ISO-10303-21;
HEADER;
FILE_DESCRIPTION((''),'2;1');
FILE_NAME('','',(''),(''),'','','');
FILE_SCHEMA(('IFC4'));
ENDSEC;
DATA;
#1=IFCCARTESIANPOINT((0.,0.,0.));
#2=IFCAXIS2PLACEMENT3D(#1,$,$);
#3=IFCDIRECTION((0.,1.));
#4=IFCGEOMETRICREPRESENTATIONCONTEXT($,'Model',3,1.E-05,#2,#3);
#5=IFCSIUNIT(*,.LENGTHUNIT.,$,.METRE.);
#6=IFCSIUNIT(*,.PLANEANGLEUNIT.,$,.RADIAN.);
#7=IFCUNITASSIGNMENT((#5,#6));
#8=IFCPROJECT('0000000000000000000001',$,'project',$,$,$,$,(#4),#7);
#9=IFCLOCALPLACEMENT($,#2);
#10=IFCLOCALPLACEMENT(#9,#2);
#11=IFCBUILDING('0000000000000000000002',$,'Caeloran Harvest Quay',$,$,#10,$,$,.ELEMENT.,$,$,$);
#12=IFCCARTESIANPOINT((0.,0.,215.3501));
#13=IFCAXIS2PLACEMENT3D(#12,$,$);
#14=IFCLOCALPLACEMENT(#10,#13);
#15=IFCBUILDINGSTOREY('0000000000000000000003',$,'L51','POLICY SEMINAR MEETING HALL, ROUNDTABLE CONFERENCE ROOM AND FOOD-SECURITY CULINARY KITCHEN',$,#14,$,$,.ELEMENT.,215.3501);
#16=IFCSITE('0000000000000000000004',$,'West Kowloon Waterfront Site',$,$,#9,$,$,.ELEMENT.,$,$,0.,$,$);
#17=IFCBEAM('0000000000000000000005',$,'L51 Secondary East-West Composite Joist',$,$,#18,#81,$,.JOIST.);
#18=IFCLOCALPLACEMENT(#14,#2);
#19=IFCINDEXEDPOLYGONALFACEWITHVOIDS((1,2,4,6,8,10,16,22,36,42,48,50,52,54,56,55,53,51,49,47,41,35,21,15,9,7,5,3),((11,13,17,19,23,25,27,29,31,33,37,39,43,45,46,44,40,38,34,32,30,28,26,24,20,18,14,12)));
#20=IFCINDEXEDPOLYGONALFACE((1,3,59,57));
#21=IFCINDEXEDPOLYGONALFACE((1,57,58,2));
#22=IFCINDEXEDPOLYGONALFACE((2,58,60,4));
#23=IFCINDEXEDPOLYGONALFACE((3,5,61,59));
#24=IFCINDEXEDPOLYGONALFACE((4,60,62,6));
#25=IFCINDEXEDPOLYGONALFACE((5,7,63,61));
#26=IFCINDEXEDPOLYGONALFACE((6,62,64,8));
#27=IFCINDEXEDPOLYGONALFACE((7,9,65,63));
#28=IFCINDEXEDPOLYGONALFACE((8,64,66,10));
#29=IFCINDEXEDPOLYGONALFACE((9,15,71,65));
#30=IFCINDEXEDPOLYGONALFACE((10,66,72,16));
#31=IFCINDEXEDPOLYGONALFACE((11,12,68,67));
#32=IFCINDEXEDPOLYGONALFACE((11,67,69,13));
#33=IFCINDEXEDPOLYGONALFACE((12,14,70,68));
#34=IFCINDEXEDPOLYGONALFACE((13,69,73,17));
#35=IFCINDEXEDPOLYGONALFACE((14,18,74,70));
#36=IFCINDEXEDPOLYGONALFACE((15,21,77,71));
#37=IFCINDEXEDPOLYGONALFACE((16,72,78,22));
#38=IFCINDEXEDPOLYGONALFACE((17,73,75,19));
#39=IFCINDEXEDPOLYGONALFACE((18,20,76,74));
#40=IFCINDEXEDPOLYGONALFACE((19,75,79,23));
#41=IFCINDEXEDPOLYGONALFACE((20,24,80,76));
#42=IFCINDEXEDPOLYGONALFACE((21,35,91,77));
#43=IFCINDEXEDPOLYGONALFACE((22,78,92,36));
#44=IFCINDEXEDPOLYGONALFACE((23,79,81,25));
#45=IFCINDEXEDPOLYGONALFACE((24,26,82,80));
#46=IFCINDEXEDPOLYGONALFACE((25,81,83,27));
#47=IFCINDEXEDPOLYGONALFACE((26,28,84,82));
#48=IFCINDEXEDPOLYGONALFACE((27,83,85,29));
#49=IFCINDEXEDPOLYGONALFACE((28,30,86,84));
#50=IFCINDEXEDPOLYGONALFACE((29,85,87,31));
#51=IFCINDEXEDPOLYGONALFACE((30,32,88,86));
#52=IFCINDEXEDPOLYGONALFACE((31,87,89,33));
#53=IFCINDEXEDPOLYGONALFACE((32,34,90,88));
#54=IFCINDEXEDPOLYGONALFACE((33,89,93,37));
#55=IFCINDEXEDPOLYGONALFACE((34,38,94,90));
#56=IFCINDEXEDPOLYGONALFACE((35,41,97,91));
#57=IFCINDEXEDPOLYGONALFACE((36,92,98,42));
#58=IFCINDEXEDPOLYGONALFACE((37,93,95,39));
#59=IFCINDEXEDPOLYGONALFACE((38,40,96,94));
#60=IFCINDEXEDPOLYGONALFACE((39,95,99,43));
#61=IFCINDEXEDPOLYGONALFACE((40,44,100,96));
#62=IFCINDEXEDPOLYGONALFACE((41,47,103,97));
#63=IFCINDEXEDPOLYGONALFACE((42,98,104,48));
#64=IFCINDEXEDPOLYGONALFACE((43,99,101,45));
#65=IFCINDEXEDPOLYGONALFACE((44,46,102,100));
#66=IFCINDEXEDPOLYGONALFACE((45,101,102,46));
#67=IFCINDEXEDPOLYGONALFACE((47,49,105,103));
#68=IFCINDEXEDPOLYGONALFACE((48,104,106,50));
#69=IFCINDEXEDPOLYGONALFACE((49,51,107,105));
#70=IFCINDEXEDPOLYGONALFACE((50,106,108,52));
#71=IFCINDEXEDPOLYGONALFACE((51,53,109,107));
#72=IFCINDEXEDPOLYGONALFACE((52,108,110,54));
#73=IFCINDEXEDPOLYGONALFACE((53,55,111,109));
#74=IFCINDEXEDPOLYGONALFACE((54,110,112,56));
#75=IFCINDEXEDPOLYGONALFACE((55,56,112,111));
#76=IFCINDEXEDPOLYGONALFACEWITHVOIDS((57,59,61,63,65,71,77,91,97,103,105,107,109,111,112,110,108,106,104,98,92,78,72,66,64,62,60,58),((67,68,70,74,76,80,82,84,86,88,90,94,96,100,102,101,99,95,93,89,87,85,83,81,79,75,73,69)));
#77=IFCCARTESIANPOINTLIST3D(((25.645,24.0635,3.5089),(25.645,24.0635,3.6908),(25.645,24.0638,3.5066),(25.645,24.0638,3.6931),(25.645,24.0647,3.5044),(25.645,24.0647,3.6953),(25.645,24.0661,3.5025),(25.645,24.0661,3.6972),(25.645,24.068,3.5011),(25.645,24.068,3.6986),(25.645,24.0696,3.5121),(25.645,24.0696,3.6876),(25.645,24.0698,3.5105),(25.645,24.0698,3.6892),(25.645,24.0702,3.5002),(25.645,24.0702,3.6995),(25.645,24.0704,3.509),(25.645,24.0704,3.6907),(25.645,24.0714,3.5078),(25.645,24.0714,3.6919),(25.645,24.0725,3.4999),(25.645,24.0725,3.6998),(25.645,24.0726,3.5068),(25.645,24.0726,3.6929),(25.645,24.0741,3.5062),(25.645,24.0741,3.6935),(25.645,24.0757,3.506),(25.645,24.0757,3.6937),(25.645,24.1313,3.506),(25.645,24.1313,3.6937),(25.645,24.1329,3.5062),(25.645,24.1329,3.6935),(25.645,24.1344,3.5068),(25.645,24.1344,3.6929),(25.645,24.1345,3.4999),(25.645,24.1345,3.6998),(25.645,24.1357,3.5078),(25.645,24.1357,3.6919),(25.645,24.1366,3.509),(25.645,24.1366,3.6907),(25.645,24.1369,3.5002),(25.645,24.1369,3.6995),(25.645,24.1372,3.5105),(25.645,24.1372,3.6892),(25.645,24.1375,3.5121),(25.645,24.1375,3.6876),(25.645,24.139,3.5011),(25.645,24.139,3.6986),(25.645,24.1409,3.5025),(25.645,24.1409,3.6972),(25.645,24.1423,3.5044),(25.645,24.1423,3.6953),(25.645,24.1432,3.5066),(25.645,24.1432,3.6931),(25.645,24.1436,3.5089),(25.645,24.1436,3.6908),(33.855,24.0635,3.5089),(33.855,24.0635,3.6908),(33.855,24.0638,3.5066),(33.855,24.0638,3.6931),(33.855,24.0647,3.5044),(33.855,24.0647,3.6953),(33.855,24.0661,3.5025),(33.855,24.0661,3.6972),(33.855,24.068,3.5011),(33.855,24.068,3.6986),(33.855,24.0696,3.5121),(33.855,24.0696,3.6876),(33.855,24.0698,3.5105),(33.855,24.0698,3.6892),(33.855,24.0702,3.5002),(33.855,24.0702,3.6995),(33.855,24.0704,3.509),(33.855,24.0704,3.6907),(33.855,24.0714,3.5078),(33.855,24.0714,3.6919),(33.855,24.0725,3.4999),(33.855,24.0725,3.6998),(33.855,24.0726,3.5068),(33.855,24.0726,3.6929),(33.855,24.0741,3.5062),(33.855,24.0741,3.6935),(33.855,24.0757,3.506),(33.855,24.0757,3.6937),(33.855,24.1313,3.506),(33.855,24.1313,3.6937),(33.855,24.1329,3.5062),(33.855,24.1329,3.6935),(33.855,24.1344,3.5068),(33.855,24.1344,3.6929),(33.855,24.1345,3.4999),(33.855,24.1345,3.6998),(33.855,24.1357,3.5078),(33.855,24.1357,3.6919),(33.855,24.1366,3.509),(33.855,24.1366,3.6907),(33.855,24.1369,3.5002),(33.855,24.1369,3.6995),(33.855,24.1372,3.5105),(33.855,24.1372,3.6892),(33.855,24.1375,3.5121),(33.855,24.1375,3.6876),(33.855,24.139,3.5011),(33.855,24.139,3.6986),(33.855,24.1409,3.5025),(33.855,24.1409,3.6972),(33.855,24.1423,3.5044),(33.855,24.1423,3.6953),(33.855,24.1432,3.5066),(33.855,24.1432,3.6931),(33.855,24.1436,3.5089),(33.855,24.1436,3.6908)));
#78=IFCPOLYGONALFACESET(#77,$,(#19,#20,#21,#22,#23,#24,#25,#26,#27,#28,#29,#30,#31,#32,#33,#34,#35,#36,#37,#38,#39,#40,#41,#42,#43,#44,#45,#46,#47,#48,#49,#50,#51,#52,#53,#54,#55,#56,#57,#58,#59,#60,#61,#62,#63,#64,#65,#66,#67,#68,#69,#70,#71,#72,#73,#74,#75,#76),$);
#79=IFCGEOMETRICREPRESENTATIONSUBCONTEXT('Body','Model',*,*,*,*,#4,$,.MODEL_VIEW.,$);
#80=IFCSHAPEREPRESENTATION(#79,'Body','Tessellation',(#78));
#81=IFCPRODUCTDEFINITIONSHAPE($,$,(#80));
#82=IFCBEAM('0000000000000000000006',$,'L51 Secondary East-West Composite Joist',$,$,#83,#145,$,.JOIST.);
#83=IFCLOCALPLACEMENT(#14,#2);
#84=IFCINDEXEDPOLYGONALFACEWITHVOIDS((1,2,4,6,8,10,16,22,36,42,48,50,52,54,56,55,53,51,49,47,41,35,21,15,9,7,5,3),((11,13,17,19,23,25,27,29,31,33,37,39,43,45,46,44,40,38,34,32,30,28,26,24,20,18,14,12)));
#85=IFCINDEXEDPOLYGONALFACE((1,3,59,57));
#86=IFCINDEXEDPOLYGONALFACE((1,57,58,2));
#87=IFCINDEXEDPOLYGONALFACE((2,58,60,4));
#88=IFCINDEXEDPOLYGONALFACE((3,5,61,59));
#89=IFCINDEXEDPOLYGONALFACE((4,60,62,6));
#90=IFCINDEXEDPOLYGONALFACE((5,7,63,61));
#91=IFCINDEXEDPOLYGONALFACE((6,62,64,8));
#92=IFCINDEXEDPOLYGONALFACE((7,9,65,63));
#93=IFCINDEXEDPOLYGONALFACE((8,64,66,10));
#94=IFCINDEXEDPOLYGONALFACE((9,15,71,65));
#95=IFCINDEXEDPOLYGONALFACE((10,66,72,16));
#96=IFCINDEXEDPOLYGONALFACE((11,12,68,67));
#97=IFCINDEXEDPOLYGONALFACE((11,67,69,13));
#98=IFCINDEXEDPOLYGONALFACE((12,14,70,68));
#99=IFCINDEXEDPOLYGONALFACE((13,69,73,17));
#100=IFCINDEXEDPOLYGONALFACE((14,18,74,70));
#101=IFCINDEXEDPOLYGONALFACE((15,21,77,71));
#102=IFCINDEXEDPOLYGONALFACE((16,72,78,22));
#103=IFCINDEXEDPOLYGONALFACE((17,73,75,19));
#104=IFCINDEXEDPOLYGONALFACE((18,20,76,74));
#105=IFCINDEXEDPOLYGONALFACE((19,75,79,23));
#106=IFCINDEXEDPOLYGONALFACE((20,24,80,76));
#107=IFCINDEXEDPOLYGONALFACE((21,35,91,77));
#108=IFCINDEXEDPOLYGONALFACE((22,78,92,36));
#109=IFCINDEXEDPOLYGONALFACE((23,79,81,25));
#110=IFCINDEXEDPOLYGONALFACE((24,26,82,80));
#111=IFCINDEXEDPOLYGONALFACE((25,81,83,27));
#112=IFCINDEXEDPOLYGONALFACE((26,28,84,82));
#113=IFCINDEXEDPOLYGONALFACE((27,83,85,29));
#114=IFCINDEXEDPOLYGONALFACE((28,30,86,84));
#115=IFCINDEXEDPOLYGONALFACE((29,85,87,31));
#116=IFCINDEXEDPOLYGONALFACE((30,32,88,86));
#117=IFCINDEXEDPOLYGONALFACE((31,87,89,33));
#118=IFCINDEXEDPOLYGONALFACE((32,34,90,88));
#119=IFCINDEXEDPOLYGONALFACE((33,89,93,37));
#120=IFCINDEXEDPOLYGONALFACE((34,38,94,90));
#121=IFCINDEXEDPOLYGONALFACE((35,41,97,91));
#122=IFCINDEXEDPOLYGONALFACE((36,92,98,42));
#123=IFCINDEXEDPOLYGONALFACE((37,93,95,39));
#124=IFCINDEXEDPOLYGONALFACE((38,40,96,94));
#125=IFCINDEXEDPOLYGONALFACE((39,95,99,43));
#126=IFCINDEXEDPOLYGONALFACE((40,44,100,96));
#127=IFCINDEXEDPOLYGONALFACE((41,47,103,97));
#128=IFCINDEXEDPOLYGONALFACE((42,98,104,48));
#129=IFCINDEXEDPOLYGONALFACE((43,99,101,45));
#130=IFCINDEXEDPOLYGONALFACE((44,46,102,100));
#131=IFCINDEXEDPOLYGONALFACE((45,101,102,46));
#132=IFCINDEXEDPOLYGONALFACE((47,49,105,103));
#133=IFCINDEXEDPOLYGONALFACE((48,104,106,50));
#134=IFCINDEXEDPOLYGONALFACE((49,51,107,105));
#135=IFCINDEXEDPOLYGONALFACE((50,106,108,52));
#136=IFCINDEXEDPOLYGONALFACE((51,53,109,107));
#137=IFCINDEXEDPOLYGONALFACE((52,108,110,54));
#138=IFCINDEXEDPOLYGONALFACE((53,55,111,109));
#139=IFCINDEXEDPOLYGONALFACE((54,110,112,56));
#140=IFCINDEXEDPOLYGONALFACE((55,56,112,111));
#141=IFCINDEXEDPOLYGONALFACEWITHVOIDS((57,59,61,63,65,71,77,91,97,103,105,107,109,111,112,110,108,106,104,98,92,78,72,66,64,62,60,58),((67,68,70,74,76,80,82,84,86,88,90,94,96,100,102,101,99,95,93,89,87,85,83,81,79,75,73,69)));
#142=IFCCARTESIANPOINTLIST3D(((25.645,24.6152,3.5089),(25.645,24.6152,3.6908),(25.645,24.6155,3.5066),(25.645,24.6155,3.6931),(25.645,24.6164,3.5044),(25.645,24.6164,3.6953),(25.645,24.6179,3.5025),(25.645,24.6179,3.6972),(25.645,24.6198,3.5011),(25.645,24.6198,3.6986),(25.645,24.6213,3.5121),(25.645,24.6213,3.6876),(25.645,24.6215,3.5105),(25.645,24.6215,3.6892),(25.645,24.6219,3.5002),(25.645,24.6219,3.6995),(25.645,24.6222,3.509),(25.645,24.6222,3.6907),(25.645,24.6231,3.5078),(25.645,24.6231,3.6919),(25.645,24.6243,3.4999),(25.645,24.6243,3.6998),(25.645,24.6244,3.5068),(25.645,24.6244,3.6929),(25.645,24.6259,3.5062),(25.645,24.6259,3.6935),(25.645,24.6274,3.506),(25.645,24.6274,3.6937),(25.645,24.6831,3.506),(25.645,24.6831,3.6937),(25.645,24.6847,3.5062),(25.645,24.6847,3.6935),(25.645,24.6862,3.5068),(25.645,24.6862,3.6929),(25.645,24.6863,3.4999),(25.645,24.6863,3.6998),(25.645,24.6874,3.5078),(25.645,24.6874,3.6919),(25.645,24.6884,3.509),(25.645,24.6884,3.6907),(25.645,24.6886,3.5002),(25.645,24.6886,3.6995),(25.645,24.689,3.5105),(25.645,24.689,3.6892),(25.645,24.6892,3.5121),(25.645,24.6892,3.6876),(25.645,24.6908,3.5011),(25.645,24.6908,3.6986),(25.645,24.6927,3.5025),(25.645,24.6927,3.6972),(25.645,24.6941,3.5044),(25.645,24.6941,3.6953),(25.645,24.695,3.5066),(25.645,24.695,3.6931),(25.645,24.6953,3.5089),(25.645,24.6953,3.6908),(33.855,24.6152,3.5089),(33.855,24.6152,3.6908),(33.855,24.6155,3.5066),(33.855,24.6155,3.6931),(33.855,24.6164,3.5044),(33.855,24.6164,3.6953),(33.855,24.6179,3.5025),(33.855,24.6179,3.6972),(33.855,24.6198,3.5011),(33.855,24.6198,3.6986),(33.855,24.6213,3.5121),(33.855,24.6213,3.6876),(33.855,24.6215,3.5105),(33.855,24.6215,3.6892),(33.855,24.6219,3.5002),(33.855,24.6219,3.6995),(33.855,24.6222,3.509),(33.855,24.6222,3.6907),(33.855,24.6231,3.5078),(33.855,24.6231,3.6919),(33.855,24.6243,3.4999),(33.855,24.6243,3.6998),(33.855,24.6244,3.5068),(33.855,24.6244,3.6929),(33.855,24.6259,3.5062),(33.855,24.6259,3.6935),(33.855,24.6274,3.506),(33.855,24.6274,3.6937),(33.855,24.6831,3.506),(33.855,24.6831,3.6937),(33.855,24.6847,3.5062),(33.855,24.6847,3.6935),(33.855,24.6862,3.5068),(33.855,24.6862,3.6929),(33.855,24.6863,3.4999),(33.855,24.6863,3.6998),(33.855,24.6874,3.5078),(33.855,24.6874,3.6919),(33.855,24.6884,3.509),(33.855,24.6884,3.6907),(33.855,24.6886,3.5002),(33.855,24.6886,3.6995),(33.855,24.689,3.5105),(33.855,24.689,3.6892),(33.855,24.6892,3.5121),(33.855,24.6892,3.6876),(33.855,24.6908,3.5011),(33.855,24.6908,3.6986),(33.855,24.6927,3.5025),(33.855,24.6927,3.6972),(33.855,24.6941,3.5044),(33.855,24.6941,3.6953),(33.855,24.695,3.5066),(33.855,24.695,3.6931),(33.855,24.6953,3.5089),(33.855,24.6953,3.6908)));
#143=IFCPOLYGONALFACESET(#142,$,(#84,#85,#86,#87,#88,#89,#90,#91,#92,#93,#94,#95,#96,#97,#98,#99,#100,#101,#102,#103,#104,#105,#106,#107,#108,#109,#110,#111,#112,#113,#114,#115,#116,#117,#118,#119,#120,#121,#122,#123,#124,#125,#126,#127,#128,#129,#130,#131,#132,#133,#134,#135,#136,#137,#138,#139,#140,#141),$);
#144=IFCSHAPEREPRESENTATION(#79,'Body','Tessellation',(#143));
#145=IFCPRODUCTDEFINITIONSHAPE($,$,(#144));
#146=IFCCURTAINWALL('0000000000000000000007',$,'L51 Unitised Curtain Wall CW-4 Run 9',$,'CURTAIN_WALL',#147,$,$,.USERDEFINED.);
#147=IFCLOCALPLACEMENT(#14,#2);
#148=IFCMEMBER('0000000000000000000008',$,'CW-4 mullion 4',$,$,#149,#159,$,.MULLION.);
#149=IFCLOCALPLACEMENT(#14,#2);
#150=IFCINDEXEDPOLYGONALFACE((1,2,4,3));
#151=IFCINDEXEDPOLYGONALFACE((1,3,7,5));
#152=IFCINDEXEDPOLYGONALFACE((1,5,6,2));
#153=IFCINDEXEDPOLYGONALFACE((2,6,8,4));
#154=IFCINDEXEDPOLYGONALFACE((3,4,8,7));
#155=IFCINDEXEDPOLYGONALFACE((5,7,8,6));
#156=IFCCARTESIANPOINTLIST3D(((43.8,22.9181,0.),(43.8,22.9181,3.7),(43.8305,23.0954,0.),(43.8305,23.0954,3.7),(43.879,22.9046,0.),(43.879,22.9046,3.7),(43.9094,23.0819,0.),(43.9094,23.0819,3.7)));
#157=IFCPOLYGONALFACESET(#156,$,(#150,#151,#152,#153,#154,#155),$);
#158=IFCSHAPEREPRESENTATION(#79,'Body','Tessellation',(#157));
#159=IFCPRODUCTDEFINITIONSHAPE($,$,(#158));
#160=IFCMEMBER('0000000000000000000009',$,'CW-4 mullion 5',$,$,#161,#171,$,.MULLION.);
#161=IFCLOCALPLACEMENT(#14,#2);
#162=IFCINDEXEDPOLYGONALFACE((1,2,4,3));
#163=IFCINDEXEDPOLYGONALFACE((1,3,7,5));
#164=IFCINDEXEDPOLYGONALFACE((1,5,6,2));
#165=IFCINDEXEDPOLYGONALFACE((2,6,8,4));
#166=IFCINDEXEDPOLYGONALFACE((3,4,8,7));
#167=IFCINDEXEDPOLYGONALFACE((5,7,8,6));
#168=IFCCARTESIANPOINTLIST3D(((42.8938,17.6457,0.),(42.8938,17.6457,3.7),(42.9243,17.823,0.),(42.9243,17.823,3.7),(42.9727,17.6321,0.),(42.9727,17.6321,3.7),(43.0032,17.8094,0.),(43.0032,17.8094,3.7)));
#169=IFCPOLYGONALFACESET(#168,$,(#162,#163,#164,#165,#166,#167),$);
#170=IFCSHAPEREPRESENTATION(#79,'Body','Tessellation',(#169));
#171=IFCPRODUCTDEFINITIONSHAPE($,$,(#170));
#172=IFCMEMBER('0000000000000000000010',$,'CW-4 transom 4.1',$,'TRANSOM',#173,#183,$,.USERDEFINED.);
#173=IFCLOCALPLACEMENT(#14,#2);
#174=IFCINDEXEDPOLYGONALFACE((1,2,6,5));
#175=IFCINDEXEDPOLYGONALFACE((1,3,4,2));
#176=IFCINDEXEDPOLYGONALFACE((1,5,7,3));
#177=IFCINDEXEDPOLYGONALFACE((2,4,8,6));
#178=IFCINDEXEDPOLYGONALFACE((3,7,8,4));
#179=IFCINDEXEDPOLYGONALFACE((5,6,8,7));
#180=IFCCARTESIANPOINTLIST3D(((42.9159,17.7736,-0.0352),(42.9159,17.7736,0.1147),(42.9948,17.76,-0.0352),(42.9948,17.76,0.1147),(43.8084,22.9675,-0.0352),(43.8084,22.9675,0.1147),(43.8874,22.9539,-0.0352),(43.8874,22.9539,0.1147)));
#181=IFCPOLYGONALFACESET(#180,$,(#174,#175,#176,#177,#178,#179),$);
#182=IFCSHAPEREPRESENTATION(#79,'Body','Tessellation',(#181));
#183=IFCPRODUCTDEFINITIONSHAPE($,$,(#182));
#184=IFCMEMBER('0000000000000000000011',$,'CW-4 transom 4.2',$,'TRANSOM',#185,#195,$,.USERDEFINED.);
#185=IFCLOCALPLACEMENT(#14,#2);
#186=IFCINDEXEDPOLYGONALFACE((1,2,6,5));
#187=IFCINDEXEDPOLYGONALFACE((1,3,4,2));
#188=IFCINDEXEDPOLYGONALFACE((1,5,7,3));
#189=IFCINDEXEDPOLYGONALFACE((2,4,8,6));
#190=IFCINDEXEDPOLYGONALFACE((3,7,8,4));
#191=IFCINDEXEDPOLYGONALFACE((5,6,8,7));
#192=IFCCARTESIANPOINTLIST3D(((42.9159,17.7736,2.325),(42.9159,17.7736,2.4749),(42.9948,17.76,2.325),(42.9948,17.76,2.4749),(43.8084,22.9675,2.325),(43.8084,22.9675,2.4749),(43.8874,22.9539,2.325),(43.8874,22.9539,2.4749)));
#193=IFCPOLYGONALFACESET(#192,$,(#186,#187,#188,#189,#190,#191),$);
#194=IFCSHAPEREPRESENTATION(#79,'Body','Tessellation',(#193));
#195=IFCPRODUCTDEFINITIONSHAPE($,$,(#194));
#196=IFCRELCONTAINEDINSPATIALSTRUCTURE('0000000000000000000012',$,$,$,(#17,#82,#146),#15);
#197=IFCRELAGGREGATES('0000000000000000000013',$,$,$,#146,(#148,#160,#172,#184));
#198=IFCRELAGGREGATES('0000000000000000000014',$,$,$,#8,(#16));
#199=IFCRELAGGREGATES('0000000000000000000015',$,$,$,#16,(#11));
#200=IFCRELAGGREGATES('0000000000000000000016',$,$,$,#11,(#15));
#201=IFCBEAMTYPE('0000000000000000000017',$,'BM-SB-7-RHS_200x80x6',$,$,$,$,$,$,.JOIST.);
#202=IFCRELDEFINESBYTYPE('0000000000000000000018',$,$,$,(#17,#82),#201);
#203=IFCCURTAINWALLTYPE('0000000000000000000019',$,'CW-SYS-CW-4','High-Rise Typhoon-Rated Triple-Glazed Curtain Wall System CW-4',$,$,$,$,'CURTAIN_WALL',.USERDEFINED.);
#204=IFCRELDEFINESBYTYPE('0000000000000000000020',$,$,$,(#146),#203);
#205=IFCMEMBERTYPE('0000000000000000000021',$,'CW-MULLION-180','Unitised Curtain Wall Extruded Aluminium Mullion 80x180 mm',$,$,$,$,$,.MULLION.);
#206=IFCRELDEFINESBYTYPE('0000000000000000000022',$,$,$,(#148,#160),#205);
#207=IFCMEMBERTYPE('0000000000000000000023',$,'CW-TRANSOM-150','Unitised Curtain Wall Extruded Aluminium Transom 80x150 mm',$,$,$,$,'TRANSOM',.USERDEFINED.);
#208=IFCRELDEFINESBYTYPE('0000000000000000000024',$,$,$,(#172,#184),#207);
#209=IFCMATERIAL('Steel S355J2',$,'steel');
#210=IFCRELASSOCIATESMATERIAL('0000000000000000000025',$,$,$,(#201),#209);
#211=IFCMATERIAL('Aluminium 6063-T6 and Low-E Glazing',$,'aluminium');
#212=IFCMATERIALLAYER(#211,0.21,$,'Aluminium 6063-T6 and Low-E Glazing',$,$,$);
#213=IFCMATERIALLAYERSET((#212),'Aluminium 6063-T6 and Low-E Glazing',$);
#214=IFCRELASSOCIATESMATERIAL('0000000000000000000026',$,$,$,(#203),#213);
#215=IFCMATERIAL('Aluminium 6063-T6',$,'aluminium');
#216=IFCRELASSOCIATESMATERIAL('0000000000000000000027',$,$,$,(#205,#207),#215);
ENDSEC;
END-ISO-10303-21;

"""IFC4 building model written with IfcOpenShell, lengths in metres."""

from ifc_helpers import new_model, si_unit, direction, frame, origin, origin_2d, place, context, subcontext, project, spatial, rectangle, hollow_rectangle, extrude, material, layer, layer_set, material_profile, profile_set, type_object, element, aggregate, save


model = new_model("IFC4")

# Units and contexts
model_context = context("Model", 3, precision=1e-05, world=origin(), true_north=direction((0.0, 1.0)))
body_context = subcontext(model_context, "Body", "Model", "MODEL_VIEW")
ifc_project = project(units=[si_unit("LENGTHUNIT", "METRE"), si_unit("PLANEANGLEUNIT", "RADIAN")], contexts=[model_context])

# Site, building, storey
site_placement = place(None, origin())
site = spatial("IfcSite", under=ifc_project, at=site_placement, Name="West Kowloon Waterfront Site", CompositionType="ELEMENT", RefElevation=0.0)
building_placement = place(site_placement, origin())
building = spatial("IfcBuilding", under=site, at=building_placement, Name="Caeloran Harvest Quay", CompositionType="ELEMENT")
storey_placement = place(building_placement, frame((0.0, 0.0, 215.3501)))
storey = spatial("IfcBuildingStorey", under=building, at=storey_placement, Name="L51", Description="POLICY SEMINAR MEETING HALL, ROUNDTABLE CONFERENCE ROOM AND FOOD-SECURITY CULINARY KITCHEN", CompositionType="ELEMENT", Elevation=215.3501)

# Beams
ifc_material_1 = material(Name="Steel S355J2", Category="steel")
ifc_material_profile_1 = material_profile(ifc_material_1, hollow_rectangle(XDim=0.0801, YDim=0.2, WallThickness=0.0061, InnerFilletRadius=0.0061, OuterFilletRadius=0.009, at=origin_2d()), Name="RHS 200x80x6")
ifc_profile_set_1 = profile_set([ifc_material_profile_1], Name="Steel S355J2")
beam_type_1 = type_object("IfcBeamType", Name="BM-SB-7-RHS_200x80x6", PredefinedType="JOIST", material=ifc_profile_set_1)
for number, where, z_axis, x_axis, name in (
    (1, (25.645, 24.1035, 3.5999), (1.0, 0.0, 0.0), (0.0, 1.0, 0.0), "L51 Secondary East-West Composite Joist"),
    (2, (25.645, 24.6553, 3.5999), (1.0, 0.0, 0.0), (0.0, 1.0, 0.0), "L51 Secondary East-West Composite Joist"),
):
    element("IfcBeam", number, at=place(storey_placement, frame(where, z_axis=z_axis, x_axis=x_axis)), inside=storey, type_object=beam_type_1, Name=name, PredefinedType="JOIST", context=body_context, shape_type="SweptSolid", body=[
        extrude(hollow_rectangle(XDim=0.0801, YDim=0.2, WallThickness=0.0061, InnerFilletRadius=0.0061, OuterFilletRadius=0.009, at=origin_2d()), origin(), (0.0, 0.0, 1.0), 8.21),
    ])

# Curtain wall, members
ifc_material_2 = material(Name="Aluminium 6063-T6 and Low-E Glazing", Category="aluminium")
ifc_layer_1 = layer(ifc_material_2, 0.21, Name="Aluminium 6063-T6 and Low-E Glazing")
ifc_layer_set_1 = layer_set([ifc_layer_1], Name="Aluminium 6063-T6 and Low-E Glazing")
curtain_wall_type = type_object("IfcCurtainWallType", Name="CW-SYS-CW-4", Description="High-Rise Typhoon-Rated Triple-Glazed Curtain Wall System CW-4", ElementType="CURTAIN_WALL", PredefinedType="USERDEFINED", material=ifc_layer_set_1)
curtain_wall_placement = place(storey_placement, origin())
curtain_wall = element("IfcCurtainWall", 3, at=curtain_wall_placement, inside=storey, type_object=curtain_wall_type, Name="L51 Unitised Curtain Wall CW-4 Run 9", ObjectType="CURTAIN_WALL", PredefinedType="USERDEFINED")
ifc_material_3 = material(Name="Aluminium 6063-T6", Category="aluminium")
ifc_material_profile_2 = material_profile(ifc_material_3, rectangle(XDim=0.0801, YDim=0.1799, at=origin_2d()), Name="CW-MULLION-180")
ifc_profile_set_2 = profile_set([ifc_material_profile_2], Name="Aluminium 6063-T6")
member_type_1 = type_object("IfcMemberType", Name="CW-MULLION-180", Description="Unitised Curtain Wall Extruded Aluminium Mullion 80x180 mm", PredefinedType="MULLION", material=ifc_profile_set_2)
member_1_placement = place(storey_placement, frame((43.8547, 23.0, 0.0), z_axis=(0.0, 0.0, 1.0), x_axis=(0.985549, -0.169391, 0.0)))
member_1 = element("IfcMember", 4, at=member_1_placement, type_object=member_type_1, Name="CW-4 mullion 4", PredefinedType="MULLION", context=body_context, shape_type="SweptSolid", body=[
    extrude(rectangle(XDim=0.0801, YDim=0.1799, at=origin_2d()), origin(), (0.0, 0.0, 1.0), 3.7),
])
member_2_placement = place(storey_placement, frame((42.9485, 17.7275, 0.0), z_axis=(0.0, 0.0, 1.0), x_axis=(0.985549, -0.169391, 0.0)))
member_2 = element("IfcMember", 5, at=member_2_placement, type_object=member_type_1, Name="CW-4 mullion 5", PredefinedType="MULLION", context=body_context, shape_type="SweptSolid", body=[
    extrude(rectangle(XDim=0.0801, YDim=0.1799, at=origin_2d()), origin(), (0.0, 0.0, 1.0), 3.7),
])
ifc_material_profile_3 = material_profile(ifc_material_3, rectangle(XDim=0.0801, YDim=0.1499, at=origin_2d()), Name="CW-TRANSOM-150")
ifc_profile_set_3 = profile_set([ifc_material_profile_3], Name="Aluminium 6063-T6")
member_type_2 = type_object("IfcMemberType", Name="CW-TRANSOM-150", Description="Unitised Curtain Wall Extruded Aluminium Transom 80x150 mm", ElementType="TRANSOM", PredefinedType="USERDEFINED", material=ifc_profile_set_3)
member_3_placement = place(storey_placement, frame((43.8479, 22.9607, 0.0398), z_axis=(-0.16937, -0.985553, 0.0), x_axis=(0.985553, -0.16937, 0.0)))
member_3 = element("IfcMember", 6, at=member_3_placement, type_object=member_type_2, Name="CW-4 transom 4.1", ObjectType="TRANSOM", PredefinedType="USERDEFINED", context=body_context, shape_type="SweptSolid", body=[
    extrude(rectangle(XDim=0.0801, YDim=0.1499, at=origin_2d()), origin(), (0.0, 0.0, 1.0), 5.27),
])
member_4_placement = place(storey_placement, frame((43.8479, 22.9607, 2.3999), z_axis=(-0.16937, -0.985553, 0.0), x_axis=(0.985553, -0.16937, 0.0)))
member_4 = element("IfcMember", 7, at=member_4_placement, type_object=member_type_2, Name="CW-4 transom 4.2", ObjectType="TRANSOM", PredefinedType="USERDEFINED", context=body_context, shape_type="SweptSolid", body=[
    extrude(rectangle(XDim=0.0801, YDim=0.1499, at=origin_2d()), origin(), (0.0, 0.0, 1.0), 5.27),
])
aggregate(curtain_wall, [member_1, member_2, member_3, member_4])

save(model, "model.ifc")
